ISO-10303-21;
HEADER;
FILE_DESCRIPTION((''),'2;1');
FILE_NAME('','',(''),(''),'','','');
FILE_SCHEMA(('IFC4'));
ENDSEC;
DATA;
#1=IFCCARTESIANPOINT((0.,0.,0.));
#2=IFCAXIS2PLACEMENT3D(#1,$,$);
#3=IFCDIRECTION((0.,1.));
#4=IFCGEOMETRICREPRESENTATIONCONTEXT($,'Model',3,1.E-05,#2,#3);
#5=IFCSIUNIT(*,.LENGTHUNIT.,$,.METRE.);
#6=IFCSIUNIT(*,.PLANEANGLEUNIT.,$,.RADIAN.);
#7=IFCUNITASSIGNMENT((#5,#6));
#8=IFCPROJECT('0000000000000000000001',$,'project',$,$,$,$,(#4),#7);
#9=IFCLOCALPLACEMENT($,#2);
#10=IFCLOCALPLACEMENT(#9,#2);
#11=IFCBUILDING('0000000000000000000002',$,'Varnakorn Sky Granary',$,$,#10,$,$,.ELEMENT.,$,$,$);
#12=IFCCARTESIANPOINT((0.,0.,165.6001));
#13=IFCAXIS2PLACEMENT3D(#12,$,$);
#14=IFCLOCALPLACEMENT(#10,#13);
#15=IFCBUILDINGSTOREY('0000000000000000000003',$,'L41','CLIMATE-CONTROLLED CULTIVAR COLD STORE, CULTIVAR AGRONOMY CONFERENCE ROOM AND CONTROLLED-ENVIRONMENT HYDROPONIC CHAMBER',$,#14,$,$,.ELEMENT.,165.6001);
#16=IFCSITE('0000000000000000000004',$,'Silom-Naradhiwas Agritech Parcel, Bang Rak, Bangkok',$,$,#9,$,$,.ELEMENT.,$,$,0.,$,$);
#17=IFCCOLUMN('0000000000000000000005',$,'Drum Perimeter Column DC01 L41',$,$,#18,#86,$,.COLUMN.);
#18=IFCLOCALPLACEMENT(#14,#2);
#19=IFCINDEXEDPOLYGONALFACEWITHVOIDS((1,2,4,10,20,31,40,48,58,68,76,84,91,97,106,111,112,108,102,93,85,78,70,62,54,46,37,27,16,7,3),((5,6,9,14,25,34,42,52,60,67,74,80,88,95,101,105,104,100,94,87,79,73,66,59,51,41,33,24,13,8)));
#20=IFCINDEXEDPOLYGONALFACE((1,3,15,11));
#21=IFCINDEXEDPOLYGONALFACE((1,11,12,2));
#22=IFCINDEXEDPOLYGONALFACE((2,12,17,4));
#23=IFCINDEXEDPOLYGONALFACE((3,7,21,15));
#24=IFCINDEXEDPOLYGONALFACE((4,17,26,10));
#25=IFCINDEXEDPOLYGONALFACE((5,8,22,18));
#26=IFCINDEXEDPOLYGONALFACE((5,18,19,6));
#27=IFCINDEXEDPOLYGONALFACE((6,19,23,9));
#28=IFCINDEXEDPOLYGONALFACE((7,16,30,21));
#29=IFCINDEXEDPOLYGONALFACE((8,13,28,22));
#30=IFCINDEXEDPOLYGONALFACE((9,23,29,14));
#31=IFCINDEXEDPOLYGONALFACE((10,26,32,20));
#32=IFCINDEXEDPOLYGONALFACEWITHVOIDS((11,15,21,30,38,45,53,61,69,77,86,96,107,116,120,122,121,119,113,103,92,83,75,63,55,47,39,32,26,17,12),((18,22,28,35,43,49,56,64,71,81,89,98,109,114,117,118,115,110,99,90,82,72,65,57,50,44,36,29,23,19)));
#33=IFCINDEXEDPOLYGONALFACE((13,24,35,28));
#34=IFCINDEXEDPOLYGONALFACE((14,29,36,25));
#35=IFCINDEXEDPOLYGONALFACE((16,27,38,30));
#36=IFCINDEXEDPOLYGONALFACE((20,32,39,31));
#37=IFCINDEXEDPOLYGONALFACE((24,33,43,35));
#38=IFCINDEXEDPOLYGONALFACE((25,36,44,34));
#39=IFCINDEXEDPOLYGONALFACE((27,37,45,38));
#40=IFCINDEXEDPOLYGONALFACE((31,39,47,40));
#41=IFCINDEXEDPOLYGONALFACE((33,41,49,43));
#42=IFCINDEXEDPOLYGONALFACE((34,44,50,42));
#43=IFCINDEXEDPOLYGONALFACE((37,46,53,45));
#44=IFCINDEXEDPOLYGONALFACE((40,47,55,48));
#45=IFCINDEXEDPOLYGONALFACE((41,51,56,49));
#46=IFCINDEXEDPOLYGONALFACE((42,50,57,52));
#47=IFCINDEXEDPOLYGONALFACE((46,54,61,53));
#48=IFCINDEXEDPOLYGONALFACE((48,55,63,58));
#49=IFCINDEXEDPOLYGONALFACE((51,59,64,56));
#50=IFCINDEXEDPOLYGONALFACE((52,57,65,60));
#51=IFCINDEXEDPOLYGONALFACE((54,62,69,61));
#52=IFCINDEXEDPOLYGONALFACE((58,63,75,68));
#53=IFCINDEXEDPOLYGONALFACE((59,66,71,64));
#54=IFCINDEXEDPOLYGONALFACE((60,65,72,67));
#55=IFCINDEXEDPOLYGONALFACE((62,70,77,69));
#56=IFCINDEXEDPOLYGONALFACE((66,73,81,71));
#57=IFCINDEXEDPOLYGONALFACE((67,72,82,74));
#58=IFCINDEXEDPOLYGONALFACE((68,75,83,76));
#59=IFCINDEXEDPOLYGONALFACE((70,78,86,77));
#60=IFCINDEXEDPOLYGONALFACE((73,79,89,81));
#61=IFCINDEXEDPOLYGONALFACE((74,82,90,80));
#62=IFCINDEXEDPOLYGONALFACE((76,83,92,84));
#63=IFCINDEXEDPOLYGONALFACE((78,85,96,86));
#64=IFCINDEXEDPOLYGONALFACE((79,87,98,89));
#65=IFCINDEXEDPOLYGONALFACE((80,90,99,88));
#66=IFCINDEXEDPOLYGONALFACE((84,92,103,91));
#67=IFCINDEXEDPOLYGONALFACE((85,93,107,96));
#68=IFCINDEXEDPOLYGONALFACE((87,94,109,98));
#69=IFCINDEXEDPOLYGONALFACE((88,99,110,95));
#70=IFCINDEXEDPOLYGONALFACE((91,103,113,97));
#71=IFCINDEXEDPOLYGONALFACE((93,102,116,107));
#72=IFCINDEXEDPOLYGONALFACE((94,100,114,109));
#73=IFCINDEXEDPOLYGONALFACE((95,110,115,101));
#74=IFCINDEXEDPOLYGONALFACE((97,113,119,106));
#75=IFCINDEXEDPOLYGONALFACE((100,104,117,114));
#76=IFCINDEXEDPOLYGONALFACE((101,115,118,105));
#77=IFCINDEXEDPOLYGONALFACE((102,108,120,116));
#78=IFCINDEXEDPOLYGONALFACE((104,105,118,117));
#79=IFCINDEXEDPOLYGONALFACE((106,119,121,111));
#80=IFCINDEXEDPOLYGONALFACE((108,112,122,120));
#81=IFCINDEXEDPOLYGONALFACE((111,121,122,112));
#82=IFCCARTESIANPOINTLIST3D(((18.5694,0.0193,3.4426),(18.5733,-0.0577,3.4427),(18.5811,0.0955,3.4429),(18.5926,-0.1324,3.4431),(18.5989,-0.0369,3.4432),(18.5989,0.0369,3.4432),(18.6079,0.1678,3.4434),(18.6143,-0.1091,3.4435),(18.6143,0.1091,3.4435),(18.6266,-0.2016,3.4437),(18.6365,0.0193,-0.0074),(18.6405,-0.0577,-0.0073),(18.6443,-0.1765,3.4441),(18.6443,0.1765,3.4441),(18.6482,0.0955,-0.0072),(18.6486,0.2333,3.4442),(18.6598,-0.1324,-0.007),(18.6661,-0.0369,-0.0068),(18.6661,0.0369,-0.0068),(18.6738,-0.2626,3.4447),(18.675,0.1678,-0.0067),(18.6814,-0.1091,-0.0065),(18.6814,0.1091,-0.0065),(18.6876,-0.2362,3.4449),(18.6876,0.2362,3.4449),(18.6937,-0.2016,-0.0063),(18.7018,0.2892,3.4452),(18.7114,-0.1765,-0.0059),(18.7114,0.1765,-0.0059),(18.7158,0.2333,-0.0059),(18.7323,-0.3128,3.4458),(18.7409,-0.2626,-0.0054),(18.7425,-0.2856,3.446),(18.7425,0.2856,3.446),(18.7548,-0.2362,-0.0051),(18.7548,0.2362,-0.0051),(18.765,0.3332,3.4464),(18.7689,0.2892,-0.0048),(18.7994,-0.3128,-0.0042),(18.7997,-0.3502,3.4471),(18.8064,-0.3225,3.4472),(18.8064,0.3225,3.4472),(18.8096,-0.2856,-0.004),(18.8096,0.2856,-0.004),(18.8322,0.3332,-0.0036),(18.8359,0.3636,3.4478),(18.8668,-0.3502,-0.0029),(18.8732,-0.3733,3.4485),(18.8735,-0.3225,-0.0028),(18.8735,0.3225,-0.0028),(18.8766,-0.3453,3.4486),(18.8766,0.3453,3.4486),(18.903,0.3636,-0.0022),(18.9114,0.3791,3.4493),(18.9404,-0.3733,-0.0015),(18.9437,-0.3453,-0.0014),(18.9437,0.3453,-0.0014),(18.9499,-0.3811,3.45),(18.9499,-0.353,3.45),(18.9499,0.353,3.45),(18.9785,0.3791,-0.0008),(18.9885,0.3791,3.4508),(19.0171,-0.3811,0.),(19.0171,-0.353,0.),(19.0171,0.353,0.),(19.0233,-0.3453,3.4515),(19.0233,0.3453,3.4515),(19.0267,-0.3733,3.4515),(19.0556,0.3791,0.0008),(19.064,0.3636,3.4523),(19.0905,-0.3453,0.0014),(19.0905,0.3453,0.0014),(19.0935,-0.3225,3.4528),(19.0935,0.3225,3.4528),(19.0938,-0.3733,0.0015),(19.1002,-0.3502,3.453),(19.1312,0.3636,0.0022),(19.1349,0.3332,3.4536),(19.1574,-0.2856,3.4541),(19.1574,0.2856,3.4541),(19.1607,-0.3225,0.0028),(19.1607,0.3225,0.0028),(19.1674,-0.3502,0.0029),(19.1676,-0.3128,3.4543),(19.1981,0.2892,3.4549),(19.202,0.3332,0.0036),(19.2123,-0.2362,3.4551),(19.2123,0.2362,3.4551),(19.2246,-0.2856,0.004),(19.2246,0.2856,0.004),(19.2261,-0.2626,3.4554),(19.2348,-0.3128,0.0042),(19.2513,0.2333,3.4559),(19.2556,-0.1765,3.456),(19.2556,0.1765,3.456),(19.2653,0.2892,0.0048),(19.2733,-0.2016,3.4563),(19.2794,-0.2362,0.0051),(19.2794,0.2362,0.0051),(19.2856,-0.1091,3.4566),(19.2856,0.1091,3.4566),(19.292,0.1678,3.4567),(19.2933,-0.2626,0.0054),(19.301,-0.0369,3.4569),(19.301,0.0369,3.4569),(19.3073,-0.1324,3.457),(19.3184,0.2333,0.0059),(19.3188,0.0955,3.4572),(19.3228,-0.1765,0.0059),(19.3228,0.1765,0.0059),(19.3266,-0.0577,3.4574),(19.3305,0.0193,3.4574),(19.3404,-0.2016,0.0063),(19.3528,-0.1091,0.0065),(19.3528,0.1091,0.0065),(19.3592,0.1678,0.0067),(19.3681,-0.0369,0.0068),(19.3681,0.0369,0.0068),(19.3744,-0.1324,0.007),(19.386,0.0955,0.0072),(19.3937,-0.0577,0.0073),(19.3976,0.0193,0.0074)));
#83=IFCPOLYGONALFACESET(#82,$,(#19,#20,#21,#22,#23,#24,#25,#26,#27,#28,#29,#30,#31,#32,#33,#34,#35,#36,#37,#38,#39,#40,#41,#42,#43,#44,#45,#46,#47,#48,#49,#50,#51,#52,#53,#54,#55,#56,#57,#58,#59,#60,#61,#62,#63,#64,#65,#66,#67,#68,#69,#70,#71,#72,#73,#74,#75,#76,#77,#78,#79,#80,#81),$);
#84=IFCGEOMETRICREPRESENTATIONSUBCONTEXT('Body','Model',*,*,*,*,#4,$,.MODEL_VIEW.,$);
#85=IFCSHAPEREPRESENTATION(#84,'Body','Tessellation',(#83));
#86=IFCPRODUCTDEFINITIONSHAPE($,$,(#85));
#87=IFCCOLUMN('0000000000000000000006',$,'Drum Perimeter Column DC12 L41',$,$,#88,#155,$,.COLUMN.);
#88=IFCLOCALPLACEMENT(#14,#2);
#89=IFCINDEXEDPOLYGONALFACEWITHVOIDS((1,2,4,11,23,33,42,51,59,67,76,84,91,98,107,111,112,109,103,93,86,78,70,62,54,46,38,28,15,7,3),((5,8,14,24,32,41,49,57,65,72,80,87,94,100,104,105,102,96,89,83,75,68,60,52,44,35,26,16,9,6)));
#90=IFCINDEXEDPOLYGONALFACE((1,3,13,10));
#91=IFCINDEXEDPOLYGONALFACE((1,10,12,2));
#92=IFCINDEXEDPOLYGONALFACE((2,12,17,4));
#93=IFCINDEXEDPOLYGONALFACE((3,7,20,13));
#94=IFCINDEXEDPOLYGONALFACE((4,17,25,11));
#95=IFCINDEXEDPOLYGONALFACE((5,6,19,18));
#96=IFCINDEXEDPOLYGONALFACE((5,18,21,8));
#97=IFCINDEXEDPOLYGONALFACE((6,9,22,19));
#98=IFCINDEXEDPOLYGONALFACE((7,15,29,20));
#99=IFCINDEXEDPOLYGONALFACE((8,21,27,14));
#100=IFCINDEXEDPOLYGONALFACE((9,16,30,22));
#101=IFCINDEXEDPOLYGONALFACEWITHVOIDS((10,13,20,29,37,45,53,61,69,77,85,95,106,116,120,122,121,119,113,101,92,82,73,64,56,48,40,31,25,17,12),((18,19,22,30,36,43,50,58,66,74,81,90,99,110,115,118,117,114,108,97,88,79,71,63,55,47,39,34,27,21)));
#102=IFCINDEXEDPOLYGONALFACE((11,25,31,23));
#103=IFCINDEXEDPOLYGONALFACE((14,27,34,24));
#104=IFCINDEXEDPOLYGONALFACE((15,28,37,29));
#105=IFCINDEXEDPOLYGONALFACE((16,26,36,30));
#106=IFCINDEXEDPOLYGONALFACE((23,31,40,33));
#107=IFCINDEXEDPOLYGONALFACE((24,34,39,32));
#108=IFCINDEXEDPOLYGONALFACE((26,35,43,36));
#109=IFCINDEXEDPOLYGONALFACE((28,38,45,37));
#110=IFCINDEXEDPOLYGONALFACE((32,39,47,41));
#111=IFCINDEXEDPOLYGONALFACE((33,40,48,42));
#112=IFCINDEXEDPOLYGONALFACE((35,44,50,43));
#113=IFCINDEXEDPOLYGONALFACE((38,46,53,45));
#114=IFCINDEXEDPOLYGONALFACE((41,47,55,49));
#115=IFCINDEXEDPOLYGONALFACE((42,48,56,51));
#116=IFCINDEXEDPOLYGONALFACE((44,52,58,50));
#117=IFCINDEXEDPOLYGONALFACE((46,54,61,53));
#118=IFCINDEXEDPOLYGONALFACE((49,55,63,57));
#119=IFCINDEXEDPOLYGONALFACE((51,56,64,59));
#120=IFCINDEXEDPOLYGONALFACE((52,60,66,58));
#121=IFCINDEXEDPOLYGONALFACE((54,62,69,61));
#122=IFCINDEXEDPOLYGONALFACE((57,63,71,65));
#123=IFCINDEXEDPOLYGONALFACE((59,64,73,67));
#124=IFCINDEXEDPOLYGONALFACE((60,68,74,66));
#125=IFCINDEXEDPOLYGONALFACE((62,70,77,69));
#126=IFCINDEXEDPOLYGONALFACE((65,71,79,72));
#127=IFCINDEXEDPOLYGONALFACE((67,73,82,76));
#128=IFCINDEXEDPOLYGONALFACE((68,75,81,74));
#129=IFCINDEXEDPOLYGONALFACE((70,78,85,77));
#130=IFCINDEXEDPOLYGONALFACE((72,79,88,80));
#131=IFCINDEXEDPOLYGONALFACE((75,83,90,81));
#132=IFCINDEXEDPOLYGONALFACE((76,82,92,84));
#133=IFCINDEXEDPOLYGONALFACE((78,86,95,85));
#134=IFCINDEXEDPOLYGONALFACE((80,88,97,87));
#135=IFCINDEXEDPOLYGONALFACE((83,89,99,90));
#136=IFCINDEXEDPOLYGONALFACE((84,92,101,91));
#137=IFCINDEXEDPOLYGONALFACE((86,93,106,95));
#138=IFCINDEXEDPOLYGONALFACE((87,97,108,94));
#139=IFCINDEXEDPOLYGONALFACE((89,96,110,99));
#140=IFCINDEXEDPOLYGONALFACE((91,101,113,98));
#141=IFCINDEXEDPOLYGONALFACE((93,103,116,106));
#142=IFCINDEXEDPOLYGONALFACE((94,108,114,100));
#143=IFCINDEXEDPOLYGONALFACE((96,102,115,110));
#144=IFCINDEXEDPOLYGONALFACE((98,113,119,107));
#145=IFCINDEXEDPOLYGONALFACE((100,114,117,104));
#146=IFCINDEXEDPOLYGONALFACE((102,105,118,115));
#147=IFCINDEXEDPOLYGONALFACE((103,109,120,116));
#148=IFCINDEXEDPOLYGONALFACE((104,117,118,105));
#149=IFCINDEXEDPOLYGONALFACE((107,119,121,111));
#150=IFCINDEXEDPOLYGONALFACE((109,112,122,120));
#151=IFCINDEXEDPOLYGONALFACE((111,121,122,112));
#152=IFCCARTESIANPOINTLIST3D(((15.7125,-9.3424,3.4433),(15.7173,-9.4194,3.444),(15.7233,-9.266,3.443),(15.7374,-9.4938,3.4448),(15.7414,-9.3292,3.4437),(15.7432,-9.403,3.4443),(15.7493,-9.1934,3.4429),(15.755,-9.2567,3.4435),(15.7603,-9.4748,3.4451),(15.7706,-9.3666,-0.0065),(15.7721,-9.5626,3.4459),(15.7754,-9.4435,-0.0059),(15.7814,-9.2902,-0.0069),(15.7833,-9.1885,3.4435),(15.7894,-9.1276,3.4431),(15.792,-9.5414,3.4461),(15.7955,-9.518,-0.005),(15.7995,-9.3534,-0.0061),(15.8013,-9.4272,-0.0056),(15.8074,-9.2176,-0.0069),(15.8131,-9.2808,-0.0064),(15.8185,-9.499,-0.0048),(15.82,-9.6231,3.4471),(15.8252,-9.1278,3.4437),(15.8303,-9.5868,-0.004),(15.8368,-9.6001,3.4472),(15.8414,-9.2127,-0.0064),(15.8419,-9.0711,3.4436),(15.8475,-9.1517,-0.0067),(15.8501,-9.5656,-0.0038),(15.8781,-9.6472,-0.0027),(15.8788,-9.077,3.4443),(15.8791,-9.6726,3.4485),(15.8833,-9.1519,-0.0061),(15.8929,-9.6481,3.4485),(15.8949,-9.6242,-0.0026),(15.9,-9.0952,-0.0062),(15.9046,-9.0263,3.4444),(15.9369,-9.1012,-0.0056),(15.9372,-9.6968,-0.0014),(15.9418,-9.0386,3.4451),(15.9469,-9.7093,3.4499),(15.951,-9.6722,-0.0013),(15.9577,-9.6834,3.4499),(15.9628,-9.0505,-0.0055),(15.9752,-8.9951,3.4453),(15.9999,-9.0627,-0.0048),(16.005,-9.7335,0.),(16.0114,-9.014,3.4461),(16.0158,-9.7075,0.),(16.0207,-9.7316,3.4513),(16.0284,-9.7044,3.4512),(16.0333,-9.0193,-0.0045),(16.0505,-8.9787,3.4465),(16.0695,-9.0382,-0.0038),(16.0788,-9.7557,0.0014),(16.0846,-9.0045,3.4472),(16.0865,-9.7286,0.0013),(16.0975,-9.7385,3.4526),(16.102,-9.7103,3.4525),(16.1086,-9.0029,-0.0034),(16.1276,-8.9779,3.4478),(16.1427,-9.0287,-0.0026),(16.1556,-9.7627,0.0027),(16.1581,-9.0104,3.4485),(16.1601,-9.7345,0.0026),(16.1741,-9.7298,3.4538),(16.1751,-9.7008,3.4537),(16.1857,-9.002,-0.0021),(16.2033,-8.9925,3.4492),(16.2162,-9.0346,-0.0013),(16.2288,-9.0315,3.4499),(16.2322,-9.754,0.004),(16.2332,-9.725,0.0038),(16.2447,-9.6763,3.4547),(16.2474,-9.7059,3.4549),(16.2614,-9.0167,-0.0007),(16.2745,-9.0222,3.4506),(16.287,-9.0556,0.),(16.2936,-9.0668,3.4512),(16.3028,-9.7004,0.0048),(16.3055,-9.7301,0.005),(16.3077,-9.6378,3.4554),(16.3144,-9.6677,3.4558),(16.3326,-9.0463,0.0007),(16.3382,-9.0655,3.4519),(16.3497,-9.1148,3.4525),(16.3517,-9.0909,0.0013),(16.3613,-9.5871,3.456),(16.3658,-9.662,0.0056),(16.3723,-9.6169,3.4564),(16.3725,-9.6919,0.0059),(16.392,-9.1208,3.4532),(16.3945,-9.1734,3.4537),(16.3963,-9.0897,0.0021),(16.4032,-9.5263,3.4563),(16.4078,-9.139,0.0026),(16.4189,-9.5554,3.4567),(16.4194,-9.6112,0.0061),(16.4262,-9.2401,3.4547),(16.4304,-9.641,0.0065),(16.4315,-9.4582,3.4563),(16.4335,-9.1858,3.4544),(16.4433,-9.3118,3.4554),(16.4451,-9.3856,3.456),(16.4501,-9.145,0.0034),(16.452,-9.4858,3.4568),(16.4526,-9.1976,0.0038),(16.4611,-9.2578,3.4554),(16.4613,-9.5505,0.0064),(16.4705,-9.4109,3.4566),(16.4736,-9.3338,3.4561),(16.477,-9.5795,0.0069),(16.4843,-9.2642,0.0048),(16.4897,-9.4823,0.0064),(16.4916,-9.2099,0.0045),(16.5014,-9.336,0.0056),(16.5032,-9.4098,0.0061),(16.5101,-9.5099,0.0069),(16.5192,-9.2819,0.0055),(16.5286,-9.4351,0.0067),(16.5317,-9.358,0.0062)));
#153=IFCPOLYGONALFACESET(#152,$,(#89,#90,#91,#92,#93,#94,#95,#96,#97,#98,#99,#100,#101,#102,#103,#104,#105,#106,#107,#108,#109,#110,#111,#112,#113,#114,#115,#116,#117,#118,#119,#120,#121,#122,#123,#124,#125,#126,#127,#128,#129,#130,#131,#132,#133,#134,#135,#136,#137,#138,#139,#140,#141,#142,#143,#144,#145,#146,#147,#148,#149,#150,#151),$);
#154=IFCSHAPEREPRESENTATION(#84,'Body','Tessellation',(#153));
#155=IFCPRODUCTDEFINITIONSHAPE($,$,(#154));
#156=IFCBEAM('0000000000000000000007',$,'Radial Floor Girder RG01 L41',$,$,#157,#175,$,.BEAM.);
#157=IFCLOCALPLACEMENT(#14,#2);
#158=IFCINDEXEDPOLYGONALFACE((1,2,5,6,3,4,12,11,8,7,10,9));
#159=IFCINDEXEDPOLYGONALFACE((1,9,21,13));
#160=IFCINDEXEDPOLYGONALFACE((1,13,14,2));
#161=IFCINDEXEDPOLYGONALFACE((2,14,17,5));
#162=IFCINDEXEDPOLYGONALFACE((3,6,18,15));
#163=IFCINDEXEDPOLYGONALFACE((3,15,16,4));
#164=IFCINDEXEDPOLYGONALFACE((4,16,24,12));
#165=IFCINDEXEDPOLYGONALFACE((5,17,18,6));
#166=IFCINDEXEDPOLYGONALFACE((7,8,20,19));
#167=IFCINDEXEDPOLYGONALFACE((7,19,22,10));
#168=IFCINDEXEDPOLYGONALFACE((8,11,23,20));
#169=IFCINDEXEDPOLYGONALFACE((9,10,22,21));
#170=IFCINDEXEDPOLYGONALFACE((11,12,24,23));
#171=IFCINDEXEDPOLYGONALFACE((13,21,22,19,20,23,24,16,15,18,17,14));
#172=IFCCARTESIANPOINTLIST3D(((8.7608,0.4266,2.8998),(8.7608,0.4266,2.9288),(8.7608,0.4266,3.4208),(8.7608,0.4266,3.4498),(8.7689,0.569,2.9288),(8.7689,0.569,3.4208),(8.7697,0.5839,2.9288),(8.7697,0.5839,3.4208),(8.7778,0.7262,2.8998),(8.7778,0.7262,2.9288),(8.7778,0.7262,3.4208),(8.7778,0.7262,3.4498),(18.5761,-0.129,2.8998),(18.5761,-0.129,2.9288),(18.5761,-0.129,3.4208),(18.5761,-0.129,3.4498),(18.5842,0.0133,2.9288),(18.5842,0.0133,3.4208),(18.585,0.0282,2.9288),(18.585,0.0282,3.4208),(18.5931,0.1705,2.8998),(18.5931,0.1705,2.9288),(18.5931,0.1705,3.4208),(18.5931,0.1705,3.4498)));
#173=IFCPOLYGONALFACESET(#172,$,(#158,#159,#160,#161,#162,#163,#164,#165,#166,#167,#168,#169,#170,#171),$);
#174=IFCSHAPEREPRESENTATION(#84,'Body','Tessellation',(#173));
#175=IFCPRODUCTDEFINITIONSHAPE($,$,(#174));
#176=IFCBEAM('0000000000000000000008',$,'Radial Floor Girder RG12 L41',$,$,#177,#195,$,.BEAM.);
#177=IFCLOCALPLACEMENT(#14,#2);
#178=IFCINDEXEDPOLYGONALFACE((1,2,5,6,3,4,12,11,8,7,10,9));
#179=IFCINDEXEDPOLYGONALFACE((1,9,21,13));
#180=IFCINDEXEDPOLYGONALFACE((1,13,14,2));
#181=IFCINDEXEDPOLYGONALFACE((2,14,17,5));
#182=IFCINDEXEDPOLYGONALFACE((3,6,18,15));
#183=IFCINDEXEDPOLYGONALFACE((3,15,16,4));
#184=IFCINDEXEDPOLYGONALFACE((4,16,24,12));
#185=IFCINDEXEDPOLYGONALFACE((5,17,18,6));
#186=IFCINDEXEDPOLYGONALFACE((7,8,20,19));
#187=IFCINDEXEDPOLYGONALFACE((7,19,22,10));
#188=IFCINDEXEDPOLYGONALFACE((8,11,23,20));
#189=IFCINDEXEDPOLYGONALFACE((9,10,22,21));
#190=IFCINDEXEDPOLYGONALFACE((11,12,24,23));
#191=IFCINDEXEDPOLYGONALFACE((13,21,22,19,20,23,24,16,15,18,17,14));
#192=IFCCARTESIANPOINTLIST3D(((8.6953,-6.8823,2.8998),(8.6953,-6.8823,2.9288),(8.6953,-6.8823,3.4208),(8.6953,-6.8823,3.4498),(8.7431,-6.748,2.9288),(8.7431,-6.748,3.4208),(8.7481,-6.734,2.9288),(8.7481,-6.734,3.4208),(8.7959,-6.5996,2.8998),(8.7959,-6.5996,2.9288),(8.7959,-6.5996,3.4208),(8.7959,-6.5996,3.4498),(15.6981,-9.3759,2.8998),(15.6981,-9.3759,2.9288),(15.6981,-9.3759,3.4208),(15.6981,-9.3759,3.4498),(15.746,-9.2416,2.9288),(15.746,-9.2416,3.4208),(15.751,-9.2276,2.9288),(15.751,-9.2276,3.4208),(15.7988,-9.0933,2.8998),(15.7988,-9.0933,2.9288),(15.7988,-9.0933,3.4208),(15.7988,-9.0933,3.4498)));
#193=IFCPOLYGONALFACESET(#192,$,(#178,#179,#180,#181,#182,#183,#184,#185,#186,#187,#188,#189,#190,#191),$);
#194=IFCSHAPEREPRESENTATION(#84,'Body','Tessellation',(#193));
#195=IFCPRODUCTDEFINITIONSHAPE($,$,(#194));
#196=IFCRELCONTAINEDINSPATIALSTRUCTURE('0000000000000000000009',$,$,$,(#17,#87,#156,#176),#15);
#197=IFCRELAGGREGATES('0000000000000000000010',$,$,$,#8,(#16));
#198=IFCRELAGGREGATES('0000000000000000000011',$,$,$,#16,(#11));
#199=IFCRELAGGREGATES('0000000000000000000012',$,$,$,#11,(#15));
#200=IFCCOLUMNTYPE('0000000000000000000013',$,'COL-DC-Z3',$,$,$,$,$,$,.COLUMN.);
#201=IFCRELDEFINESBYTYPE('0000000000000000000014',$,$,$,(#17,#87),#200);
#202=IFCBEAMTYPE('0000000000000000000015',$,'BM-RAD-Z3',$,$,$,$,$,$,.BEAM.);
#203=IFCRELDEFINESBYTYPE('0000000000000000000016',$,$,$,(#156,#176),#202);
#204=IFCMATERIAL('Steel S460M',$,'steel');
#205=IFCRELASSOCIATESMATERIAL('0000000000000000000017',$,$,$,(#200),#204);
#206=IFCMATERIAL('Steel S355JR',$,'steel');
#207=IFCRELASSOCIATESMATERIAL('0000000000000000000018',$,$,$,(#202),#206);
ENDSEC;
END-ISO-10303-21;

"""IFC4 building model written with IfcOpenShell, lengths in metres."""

from ifc_helpers import new_model, si_unit, direction, frame, origin, origin_2d, place, context, subcontext, project, spatial, hollow_circle, i_section, extrude, material, material_profile, profile_set, type_object, element, save


model = new_model("IFC4")

# Units and contexts
model_context = context("Model", 3, precision=1e-05, world=origin(), true_north=direction((0.0, 1.0)))
body_context = subcontext(model_context, "Body", "Model", "MODEL_VIEW")
ifc_project = project(units=[si_unit("LENGTHUNIT", "METRE"), si_unit("PLANEANGLEUNIT", "RADIAN")], contexts=[model_context])

# Site, building, storey
site_placement = place(None, origin())
site = spatial("IfcSite", under=ifc_project, at=site_placement, Name="Silom-Naradhiwas Agritech Parcel, Bang Rak, Bangkok", CompositionType="ELEMENT", RefElevation=0.0)
building_placement = place(site_placement, origin())
building = spatial("IfcBuilding", under=site, at=building_placement, Name="Varnakorn Sky Granary", CompositionType="ELEMENT")
storey_placement = place(building_placement, frame((0.0, 0.0, 165.6001)))
storey = spatial("IfcBuildingStorey", under=building, at=storey_placement, Name="L41", Description="CLIMATE-CONTROLLED CULTIVAR COLD STORE, CULTIVAR AGRONOMY CONFERENCE ROOM AND CONTROLLED-ENVIRONMENT HYDROPONIC CHAMBER", CompositionType="ELEMENT", Elevation=165.6001)

# Columns
ifc_material_1 = material(Name="Steel S460M", Category="steel")
ifc_material_profile_1 = material_profile(ifc_material_1, hollow_circle(Radius=0.3811, WallThickness=0.0281, at=origin_2d()), Name="CHS 762x28")
ifc_profile_set_1 = profile_set([ifc_material_profile_1], Name="Steel S460M")
column_type = type_object("IfcColumnType", Name="COL-DC-Z3", PredefinedType="COLUMN", material=ifc_profile_set_1)
column_1_placement = place(storey_placement, frame((19.0171, 0.0, 0.0), z_axis=(-0.019457, 0.0, 0.999811), x_axis=(0.0, -1.0, 0.0)))
element("IfcColumn", 1, at=column_1_placement, inside=storey, type_object=column_type, Name="Drum Perimeter Column DC01 L41", PredefinedType="COLUMN", context=body_context, shape_type="SweptSolid", body=[
    extrude(hollow_circle(Radius=0.3811, WallThickness=0.0281, at=origin_2d()), origin(), (0.0, 0.0, 1.0), 3.4507),
])
column_2_placement = place(storey_placement, frame((16.1514, -9.3816, 0.0), z_axis=(-0.01684, 0.007005, 0.999834), x_axis=(-0.384064, -0.923306, 0.0)))
element("IfcColumn", 2, at=column_2_placement, inside=storey, type_object=column_type, Name="Drum Perimeter Column DC12 L41", PredefinedType="COLUMN", context=body_context, shape_type="SweptSolid", body=[
    extrude(hollow_circle(Radius=0.3811, WallThickness=0.0281, at=origin_2d()), origin(), (0.0, 0.0, 1.0), 3.4504),
])

# Beams
ifc_material_2 = material(Name="Steel S355JR", Category="steel")
ifc_material_profile_2 = material_profile(ifc_material_2, i_section(OverallWidth=0.3, OverallDepth=0.55, WebThickness=0.0149, FlangeThickness=0.0291, at=origin_2d()), Name="HE 550 B")
ifc_profile_set_2 = profile_set([ifc_material_profile_2], Name="Steel S355JR")
beam_type_1 = type_object("IfcBeamType", Name="BM-RAD-Z3", PredefinedType="BEAM", material=ifc_profile_set_2)
beam_1_placement = place(storey_placement, frame((8.7693, 0.5764, 3.1748), z_axis=(0.998401, -0.056521, 0.0), x_axis=(0.056521, 0.998401, 0.0)))
element("IfcBeam", 3, at=beam_1_placement, inside=storey, type_object=beam_type_1, Name="Radial Floor Girder RG01 L41", PredefinedType="BEAM", context=body_context, shape_type="SweptSolid", body=[
    extrude(i_section(OverallWidth=0.3, OverallDepth=0.55, WebThickness=0.0149, FlangeThickness=0.0291, at=origin_2d()), origin(), (0.0, 0.0, 1.0), 9.8311),
])
beam_2_placement = place(storey_placement, frame((8.7456, -6.741, 3.1748), z_axis=(0.942057, -0.335454, 0.0), x_axis=(0.335454, 0.942057, 0.0)))
element("IfcBeam", 4, at=beam_2_placement, inside=storey, type_object=beam_type_1, Name="Radial Floor Girder RG12 L41", PredefinedType="BEAM", context=body_context, shape_type="SweptSolid", body=[
    extrude(i_section(OverallWidth=0.3, OverallDepth=0.55, WebThickness=0.0149, FlangeThickness=0.0291, at=origin_2d()), origin(), (0.0, 0.0, 1.0), 7.4336),
])

save(model, "model.ifc")
